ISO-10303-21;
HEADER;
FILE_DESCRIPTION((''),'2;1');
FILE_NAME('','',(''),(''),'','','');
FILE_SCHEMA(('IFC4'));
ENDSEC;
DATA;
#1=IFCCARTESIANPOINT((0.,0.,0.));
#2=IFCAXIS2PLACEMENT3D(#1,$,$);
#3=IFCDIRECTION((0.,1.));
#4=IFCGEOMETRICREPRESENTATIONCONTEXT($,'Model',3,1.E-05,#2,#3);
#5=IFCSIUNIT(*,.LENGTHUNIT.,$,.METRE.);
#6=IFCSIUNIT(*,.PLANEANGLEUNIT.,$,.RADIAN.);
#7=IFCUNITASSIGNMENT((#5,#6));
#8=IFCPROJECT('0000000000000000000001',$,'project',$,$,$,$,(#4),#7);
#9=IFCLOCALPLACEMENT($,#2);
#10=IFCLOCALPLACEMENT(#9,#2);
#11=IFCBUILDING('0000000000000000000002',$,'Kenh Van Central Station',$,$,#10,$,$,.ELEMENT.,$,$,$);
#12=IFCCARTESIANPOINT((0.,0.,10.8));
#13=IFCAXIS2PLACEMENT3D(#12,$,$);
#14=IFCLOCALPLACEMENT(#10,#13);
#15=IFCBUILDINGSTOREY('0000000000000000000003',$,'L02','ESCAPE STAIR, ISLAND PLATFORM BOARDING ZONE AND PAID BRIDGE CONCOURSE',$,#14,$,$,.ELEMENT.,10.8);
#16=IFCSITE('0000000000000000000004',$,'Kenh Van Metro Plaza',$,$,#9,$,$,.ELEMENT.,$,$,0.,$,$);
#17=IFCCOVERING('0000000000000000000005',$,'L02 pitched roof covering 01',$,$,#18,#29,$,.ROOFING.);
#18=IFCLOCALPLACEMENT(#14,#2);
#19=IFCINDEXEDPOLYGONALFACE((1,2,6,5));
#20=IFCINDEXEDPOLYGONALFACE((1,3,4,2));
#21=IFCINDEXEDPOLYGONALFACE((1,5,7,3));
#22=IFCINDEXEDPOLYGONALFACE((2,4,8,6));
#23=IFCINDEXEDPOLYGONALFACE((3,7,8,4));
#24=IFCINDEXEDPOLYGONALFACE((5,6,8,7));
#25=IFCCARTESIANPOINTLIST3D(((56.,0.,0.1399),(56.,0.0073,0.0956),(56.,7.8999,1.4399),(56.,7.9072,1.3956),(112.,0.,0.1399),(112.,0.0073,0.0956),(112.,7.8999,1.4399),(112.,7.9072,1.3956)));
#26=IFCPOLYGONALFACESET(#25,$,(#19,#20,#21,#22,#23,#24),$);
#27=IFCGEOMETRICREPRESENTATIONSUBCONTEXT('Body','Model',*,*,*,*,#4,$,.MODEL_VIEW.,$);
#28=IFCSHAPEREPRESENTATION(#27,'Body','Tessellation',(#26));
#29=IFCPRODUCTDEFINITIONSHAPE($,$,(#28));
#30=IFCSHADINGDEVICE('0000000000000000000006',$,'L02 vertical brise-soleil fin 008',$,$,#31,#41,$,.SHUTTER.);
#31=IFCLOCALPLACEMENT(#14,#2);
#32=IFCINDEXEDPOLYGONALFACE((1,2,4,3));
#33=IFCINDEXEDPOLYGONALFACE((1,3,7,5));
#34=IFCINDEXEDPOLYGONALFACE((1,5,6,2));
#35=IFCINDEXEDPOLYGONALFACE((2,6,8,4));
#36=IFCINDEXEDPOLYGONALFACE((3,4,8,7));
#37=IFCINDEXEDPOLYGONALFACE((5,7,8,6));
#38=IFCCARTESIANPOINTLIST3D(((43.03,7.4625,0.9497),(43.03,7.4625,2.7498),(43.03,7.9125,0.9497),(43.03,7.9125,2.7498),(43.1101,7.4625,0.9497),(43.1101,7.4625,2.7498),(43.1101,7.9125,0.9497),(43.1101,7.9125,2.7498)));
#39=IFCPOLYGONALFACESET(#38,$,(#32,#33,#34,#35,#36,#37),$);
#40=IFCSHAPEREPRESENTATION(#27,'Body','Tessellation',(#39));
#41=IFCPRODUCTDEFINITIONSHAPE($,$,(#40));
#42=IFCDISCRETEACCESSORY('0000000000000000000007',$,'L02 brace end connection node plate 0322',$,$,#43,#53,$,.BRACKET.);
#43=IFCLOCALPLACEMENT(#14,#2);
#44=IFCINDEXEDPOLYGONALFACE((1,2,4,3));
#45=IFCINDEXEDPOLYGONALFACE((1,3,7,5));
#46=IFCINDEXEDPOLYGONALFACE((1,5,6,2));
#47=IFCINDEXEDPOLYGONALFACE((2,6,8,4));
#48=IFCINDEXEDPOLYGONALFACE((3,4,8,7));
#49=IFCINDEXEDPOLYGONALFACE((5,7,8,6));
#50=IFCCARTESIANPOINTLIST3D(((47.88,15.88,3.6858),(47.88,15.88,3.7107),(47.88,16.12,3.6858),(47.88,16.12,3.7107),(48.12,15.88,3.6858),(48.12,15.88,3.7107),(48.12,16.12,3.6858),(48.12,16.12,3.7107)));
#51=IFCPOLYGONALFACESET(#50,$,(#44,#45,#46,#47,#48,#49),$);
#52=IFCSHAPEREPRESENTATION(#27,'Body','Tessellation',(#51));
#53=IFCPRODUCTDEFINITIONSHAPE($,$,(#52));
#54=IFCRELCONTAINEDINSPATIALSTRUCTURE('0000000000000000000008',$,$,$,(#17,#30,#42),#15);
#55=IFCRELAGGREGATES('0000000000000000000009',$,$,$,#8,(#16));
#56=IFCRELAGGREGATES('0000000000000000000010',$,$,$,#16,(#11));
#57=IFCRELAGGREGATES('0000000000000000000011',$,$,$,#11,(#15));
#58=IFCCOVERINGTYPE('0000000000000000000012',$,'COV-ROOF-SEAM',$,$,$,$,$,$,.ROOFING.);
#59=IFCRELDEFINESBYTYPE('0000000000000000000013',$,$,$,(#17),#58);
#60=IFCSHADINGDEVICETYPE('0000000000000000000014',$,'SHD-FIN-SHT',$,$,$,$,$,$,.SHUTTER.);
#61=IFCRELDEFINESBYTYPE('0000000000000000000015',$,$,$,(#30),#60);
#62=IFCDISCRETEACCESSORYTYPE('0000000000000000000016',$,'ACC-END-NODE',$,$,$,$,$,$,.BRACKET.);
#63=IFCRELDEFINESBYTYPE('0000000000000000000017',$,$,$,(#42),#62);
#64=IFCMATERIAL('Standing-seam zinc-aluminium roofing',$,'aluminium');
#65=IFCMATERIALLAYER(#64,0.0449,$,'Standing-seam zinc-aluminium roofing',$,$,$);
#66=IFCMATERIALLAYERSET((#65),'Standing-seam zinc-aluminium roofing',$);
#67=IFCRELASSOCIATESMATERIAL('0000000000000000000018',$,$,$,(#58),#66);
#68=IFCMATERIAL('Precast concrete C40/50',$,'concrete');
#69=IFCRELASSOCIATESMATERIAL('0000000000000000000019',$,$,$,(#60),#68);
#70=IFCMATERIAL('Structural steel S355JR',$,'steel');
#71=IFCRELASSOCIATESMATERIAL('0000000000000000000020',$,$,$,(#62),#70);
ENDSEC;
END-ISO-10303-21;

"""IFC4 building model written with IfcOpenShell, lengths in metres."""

from ifc_helpers import new_model, si_unit, direction, frame, origin, origin_2d, place, context, subcontext, project, spatial, polyline, rectangle, outline, extrude, material, layer, layer_set, type_object, element, save


model = new_model("IFC4")

# Units and contexts
model_context = context("Model", 3, precision=1e-05, world=origin(), true_north=direction((0.0, 1.0)))
body_context = subcontext(model_context, "Body", "Model", "MODEL_VIEW")
ifc_project = project(units=[si_unit("LENGTHUNIT", "METRE"), si_unit("PLANEANGLEUNIT", "RADIAN")], contexts=[model_context])

# Site, building, storey
site_placement = place(None, origin())
site = spatial("IfcSite", under=ifc_project, at=site_placement, Name="Kenh Van Metro Plaza", CompositionType="ELEMENT", RefElevation=0.0)
building_placement = place(site_placement, origin())
building = spatial("IfcBuilding", under=site, at=building_placement, Name="Kenh Van Central Station", CompositionType="ELEMENT")
storey_placement = place(building_placement, frame((0.0, 0.0, 10.8)))
storey = spatial("IfcBuildingStorey", under=building, at=storey_placement, Name="L02", Description="ESCAPE STAIR, ISLAND PLATFORM BOARDING ZONE AND PAID BRIDGE CONCOURSE", CompositionType="ELEMENT", Elevation=10.8)

# Covering
ifc_material_1 = material(Name="Standing-seam zinc-aluminium roofing", Category="aluminium")
ifc_layer_1 = layer(ifc_material_1, 0.0449, Name="Standing-seam zinc-aluminium roofing")
ifc_layer_set_1 = layer_set([ifc_layer_1], Name="Standing-seam zinc-aluminium roofing")
covering_type = type_object("IfcCoveringType", Name="COV-ROOF-SEAM", PredefinedType="ROOFING", material=ifc_layer_set_1)
covering_placement = place(storey_placement, frame((56.0, 0.0, 0.1399), z_axis=(0.0, -0.162381, 0.986728), x_axis=(1.0, 0.0, 0.0)))
element("IfcCovering", 1, at=covering_placement, inside=storey, type_object=covering_type, Name="L02 pitched roof covering 01", PredefinedType="ROOFING", context=body_context, shape_type="SweptSolid", body=[
    extrude(outline(polyline([(0.0, 0.0), (56.0, 0.0), (56.0, 8.0062), (0.0, 8.0062), (0.0, 0.0)])), origin(), (0.0, 0.0, -1.0), 0.0449),
])

# Shading device
ifc_material_2 = material(Name="Precast concrete C40/50", Category="concrete")
shading_device_type = type_object("IfcShadingDeviceType", Name="SHD-FIN-SHT", PredefinedType="SHUTTER", material=ifc_material_2)
shading_device_placement = place(storey_placement, frame((43.0701, 7.6875, 0.9497), z_axis=(0.0, 0.0, 1.0), x_axis=(0.0, -1.0, 0.0)))
element("IfcShadingDevice", 2, at=shading_device_placement, inside=storey, type_object=shading_device_type, Name="L02 vertical brise-soleil fin 008", PredefinedType="SHUTTER", context=body_context, shape_type="SweptSolid", body=[
    extrude(rectangle(XDim=0.45, YDim=0.0801, at=origin_2d()), origin(), (0.0, 0.0, 1.0), 1.8),
])

# Discrete accessory
ifc_material_3 = material(Name="Structural steel S355JR", Category="steel")
discrete_accessory_type = type_object("IfcDiscreteAccessoryType", Name="ACC-END-NODE", PredefinedType="BRACKET", material=ifc_material_3)
discrete_accessory_placement = place(storey_placement, frame((48.0, 16.0, 3.6858), z_axis=(0.0, 0.0, 1.0), x_axis=(1.0, 0.0, 0.0)))
element("IfcDiscreteAccessory", 3, at=discrete_accessory_placement, inside=storey, type_object=discrete_accessory_type, Name="L02 brace end connection node plate 0322", PredefinedType="BRACKET", context=body_context, shape_type="SweptSolid", body=[
    extrude(rectangle(XDim=0.24, YDim=0.24, at=origin_2d()), origin(), (0.0, 0.0, 1.0), 0.0249),
])

save(model, "model.ifc")
